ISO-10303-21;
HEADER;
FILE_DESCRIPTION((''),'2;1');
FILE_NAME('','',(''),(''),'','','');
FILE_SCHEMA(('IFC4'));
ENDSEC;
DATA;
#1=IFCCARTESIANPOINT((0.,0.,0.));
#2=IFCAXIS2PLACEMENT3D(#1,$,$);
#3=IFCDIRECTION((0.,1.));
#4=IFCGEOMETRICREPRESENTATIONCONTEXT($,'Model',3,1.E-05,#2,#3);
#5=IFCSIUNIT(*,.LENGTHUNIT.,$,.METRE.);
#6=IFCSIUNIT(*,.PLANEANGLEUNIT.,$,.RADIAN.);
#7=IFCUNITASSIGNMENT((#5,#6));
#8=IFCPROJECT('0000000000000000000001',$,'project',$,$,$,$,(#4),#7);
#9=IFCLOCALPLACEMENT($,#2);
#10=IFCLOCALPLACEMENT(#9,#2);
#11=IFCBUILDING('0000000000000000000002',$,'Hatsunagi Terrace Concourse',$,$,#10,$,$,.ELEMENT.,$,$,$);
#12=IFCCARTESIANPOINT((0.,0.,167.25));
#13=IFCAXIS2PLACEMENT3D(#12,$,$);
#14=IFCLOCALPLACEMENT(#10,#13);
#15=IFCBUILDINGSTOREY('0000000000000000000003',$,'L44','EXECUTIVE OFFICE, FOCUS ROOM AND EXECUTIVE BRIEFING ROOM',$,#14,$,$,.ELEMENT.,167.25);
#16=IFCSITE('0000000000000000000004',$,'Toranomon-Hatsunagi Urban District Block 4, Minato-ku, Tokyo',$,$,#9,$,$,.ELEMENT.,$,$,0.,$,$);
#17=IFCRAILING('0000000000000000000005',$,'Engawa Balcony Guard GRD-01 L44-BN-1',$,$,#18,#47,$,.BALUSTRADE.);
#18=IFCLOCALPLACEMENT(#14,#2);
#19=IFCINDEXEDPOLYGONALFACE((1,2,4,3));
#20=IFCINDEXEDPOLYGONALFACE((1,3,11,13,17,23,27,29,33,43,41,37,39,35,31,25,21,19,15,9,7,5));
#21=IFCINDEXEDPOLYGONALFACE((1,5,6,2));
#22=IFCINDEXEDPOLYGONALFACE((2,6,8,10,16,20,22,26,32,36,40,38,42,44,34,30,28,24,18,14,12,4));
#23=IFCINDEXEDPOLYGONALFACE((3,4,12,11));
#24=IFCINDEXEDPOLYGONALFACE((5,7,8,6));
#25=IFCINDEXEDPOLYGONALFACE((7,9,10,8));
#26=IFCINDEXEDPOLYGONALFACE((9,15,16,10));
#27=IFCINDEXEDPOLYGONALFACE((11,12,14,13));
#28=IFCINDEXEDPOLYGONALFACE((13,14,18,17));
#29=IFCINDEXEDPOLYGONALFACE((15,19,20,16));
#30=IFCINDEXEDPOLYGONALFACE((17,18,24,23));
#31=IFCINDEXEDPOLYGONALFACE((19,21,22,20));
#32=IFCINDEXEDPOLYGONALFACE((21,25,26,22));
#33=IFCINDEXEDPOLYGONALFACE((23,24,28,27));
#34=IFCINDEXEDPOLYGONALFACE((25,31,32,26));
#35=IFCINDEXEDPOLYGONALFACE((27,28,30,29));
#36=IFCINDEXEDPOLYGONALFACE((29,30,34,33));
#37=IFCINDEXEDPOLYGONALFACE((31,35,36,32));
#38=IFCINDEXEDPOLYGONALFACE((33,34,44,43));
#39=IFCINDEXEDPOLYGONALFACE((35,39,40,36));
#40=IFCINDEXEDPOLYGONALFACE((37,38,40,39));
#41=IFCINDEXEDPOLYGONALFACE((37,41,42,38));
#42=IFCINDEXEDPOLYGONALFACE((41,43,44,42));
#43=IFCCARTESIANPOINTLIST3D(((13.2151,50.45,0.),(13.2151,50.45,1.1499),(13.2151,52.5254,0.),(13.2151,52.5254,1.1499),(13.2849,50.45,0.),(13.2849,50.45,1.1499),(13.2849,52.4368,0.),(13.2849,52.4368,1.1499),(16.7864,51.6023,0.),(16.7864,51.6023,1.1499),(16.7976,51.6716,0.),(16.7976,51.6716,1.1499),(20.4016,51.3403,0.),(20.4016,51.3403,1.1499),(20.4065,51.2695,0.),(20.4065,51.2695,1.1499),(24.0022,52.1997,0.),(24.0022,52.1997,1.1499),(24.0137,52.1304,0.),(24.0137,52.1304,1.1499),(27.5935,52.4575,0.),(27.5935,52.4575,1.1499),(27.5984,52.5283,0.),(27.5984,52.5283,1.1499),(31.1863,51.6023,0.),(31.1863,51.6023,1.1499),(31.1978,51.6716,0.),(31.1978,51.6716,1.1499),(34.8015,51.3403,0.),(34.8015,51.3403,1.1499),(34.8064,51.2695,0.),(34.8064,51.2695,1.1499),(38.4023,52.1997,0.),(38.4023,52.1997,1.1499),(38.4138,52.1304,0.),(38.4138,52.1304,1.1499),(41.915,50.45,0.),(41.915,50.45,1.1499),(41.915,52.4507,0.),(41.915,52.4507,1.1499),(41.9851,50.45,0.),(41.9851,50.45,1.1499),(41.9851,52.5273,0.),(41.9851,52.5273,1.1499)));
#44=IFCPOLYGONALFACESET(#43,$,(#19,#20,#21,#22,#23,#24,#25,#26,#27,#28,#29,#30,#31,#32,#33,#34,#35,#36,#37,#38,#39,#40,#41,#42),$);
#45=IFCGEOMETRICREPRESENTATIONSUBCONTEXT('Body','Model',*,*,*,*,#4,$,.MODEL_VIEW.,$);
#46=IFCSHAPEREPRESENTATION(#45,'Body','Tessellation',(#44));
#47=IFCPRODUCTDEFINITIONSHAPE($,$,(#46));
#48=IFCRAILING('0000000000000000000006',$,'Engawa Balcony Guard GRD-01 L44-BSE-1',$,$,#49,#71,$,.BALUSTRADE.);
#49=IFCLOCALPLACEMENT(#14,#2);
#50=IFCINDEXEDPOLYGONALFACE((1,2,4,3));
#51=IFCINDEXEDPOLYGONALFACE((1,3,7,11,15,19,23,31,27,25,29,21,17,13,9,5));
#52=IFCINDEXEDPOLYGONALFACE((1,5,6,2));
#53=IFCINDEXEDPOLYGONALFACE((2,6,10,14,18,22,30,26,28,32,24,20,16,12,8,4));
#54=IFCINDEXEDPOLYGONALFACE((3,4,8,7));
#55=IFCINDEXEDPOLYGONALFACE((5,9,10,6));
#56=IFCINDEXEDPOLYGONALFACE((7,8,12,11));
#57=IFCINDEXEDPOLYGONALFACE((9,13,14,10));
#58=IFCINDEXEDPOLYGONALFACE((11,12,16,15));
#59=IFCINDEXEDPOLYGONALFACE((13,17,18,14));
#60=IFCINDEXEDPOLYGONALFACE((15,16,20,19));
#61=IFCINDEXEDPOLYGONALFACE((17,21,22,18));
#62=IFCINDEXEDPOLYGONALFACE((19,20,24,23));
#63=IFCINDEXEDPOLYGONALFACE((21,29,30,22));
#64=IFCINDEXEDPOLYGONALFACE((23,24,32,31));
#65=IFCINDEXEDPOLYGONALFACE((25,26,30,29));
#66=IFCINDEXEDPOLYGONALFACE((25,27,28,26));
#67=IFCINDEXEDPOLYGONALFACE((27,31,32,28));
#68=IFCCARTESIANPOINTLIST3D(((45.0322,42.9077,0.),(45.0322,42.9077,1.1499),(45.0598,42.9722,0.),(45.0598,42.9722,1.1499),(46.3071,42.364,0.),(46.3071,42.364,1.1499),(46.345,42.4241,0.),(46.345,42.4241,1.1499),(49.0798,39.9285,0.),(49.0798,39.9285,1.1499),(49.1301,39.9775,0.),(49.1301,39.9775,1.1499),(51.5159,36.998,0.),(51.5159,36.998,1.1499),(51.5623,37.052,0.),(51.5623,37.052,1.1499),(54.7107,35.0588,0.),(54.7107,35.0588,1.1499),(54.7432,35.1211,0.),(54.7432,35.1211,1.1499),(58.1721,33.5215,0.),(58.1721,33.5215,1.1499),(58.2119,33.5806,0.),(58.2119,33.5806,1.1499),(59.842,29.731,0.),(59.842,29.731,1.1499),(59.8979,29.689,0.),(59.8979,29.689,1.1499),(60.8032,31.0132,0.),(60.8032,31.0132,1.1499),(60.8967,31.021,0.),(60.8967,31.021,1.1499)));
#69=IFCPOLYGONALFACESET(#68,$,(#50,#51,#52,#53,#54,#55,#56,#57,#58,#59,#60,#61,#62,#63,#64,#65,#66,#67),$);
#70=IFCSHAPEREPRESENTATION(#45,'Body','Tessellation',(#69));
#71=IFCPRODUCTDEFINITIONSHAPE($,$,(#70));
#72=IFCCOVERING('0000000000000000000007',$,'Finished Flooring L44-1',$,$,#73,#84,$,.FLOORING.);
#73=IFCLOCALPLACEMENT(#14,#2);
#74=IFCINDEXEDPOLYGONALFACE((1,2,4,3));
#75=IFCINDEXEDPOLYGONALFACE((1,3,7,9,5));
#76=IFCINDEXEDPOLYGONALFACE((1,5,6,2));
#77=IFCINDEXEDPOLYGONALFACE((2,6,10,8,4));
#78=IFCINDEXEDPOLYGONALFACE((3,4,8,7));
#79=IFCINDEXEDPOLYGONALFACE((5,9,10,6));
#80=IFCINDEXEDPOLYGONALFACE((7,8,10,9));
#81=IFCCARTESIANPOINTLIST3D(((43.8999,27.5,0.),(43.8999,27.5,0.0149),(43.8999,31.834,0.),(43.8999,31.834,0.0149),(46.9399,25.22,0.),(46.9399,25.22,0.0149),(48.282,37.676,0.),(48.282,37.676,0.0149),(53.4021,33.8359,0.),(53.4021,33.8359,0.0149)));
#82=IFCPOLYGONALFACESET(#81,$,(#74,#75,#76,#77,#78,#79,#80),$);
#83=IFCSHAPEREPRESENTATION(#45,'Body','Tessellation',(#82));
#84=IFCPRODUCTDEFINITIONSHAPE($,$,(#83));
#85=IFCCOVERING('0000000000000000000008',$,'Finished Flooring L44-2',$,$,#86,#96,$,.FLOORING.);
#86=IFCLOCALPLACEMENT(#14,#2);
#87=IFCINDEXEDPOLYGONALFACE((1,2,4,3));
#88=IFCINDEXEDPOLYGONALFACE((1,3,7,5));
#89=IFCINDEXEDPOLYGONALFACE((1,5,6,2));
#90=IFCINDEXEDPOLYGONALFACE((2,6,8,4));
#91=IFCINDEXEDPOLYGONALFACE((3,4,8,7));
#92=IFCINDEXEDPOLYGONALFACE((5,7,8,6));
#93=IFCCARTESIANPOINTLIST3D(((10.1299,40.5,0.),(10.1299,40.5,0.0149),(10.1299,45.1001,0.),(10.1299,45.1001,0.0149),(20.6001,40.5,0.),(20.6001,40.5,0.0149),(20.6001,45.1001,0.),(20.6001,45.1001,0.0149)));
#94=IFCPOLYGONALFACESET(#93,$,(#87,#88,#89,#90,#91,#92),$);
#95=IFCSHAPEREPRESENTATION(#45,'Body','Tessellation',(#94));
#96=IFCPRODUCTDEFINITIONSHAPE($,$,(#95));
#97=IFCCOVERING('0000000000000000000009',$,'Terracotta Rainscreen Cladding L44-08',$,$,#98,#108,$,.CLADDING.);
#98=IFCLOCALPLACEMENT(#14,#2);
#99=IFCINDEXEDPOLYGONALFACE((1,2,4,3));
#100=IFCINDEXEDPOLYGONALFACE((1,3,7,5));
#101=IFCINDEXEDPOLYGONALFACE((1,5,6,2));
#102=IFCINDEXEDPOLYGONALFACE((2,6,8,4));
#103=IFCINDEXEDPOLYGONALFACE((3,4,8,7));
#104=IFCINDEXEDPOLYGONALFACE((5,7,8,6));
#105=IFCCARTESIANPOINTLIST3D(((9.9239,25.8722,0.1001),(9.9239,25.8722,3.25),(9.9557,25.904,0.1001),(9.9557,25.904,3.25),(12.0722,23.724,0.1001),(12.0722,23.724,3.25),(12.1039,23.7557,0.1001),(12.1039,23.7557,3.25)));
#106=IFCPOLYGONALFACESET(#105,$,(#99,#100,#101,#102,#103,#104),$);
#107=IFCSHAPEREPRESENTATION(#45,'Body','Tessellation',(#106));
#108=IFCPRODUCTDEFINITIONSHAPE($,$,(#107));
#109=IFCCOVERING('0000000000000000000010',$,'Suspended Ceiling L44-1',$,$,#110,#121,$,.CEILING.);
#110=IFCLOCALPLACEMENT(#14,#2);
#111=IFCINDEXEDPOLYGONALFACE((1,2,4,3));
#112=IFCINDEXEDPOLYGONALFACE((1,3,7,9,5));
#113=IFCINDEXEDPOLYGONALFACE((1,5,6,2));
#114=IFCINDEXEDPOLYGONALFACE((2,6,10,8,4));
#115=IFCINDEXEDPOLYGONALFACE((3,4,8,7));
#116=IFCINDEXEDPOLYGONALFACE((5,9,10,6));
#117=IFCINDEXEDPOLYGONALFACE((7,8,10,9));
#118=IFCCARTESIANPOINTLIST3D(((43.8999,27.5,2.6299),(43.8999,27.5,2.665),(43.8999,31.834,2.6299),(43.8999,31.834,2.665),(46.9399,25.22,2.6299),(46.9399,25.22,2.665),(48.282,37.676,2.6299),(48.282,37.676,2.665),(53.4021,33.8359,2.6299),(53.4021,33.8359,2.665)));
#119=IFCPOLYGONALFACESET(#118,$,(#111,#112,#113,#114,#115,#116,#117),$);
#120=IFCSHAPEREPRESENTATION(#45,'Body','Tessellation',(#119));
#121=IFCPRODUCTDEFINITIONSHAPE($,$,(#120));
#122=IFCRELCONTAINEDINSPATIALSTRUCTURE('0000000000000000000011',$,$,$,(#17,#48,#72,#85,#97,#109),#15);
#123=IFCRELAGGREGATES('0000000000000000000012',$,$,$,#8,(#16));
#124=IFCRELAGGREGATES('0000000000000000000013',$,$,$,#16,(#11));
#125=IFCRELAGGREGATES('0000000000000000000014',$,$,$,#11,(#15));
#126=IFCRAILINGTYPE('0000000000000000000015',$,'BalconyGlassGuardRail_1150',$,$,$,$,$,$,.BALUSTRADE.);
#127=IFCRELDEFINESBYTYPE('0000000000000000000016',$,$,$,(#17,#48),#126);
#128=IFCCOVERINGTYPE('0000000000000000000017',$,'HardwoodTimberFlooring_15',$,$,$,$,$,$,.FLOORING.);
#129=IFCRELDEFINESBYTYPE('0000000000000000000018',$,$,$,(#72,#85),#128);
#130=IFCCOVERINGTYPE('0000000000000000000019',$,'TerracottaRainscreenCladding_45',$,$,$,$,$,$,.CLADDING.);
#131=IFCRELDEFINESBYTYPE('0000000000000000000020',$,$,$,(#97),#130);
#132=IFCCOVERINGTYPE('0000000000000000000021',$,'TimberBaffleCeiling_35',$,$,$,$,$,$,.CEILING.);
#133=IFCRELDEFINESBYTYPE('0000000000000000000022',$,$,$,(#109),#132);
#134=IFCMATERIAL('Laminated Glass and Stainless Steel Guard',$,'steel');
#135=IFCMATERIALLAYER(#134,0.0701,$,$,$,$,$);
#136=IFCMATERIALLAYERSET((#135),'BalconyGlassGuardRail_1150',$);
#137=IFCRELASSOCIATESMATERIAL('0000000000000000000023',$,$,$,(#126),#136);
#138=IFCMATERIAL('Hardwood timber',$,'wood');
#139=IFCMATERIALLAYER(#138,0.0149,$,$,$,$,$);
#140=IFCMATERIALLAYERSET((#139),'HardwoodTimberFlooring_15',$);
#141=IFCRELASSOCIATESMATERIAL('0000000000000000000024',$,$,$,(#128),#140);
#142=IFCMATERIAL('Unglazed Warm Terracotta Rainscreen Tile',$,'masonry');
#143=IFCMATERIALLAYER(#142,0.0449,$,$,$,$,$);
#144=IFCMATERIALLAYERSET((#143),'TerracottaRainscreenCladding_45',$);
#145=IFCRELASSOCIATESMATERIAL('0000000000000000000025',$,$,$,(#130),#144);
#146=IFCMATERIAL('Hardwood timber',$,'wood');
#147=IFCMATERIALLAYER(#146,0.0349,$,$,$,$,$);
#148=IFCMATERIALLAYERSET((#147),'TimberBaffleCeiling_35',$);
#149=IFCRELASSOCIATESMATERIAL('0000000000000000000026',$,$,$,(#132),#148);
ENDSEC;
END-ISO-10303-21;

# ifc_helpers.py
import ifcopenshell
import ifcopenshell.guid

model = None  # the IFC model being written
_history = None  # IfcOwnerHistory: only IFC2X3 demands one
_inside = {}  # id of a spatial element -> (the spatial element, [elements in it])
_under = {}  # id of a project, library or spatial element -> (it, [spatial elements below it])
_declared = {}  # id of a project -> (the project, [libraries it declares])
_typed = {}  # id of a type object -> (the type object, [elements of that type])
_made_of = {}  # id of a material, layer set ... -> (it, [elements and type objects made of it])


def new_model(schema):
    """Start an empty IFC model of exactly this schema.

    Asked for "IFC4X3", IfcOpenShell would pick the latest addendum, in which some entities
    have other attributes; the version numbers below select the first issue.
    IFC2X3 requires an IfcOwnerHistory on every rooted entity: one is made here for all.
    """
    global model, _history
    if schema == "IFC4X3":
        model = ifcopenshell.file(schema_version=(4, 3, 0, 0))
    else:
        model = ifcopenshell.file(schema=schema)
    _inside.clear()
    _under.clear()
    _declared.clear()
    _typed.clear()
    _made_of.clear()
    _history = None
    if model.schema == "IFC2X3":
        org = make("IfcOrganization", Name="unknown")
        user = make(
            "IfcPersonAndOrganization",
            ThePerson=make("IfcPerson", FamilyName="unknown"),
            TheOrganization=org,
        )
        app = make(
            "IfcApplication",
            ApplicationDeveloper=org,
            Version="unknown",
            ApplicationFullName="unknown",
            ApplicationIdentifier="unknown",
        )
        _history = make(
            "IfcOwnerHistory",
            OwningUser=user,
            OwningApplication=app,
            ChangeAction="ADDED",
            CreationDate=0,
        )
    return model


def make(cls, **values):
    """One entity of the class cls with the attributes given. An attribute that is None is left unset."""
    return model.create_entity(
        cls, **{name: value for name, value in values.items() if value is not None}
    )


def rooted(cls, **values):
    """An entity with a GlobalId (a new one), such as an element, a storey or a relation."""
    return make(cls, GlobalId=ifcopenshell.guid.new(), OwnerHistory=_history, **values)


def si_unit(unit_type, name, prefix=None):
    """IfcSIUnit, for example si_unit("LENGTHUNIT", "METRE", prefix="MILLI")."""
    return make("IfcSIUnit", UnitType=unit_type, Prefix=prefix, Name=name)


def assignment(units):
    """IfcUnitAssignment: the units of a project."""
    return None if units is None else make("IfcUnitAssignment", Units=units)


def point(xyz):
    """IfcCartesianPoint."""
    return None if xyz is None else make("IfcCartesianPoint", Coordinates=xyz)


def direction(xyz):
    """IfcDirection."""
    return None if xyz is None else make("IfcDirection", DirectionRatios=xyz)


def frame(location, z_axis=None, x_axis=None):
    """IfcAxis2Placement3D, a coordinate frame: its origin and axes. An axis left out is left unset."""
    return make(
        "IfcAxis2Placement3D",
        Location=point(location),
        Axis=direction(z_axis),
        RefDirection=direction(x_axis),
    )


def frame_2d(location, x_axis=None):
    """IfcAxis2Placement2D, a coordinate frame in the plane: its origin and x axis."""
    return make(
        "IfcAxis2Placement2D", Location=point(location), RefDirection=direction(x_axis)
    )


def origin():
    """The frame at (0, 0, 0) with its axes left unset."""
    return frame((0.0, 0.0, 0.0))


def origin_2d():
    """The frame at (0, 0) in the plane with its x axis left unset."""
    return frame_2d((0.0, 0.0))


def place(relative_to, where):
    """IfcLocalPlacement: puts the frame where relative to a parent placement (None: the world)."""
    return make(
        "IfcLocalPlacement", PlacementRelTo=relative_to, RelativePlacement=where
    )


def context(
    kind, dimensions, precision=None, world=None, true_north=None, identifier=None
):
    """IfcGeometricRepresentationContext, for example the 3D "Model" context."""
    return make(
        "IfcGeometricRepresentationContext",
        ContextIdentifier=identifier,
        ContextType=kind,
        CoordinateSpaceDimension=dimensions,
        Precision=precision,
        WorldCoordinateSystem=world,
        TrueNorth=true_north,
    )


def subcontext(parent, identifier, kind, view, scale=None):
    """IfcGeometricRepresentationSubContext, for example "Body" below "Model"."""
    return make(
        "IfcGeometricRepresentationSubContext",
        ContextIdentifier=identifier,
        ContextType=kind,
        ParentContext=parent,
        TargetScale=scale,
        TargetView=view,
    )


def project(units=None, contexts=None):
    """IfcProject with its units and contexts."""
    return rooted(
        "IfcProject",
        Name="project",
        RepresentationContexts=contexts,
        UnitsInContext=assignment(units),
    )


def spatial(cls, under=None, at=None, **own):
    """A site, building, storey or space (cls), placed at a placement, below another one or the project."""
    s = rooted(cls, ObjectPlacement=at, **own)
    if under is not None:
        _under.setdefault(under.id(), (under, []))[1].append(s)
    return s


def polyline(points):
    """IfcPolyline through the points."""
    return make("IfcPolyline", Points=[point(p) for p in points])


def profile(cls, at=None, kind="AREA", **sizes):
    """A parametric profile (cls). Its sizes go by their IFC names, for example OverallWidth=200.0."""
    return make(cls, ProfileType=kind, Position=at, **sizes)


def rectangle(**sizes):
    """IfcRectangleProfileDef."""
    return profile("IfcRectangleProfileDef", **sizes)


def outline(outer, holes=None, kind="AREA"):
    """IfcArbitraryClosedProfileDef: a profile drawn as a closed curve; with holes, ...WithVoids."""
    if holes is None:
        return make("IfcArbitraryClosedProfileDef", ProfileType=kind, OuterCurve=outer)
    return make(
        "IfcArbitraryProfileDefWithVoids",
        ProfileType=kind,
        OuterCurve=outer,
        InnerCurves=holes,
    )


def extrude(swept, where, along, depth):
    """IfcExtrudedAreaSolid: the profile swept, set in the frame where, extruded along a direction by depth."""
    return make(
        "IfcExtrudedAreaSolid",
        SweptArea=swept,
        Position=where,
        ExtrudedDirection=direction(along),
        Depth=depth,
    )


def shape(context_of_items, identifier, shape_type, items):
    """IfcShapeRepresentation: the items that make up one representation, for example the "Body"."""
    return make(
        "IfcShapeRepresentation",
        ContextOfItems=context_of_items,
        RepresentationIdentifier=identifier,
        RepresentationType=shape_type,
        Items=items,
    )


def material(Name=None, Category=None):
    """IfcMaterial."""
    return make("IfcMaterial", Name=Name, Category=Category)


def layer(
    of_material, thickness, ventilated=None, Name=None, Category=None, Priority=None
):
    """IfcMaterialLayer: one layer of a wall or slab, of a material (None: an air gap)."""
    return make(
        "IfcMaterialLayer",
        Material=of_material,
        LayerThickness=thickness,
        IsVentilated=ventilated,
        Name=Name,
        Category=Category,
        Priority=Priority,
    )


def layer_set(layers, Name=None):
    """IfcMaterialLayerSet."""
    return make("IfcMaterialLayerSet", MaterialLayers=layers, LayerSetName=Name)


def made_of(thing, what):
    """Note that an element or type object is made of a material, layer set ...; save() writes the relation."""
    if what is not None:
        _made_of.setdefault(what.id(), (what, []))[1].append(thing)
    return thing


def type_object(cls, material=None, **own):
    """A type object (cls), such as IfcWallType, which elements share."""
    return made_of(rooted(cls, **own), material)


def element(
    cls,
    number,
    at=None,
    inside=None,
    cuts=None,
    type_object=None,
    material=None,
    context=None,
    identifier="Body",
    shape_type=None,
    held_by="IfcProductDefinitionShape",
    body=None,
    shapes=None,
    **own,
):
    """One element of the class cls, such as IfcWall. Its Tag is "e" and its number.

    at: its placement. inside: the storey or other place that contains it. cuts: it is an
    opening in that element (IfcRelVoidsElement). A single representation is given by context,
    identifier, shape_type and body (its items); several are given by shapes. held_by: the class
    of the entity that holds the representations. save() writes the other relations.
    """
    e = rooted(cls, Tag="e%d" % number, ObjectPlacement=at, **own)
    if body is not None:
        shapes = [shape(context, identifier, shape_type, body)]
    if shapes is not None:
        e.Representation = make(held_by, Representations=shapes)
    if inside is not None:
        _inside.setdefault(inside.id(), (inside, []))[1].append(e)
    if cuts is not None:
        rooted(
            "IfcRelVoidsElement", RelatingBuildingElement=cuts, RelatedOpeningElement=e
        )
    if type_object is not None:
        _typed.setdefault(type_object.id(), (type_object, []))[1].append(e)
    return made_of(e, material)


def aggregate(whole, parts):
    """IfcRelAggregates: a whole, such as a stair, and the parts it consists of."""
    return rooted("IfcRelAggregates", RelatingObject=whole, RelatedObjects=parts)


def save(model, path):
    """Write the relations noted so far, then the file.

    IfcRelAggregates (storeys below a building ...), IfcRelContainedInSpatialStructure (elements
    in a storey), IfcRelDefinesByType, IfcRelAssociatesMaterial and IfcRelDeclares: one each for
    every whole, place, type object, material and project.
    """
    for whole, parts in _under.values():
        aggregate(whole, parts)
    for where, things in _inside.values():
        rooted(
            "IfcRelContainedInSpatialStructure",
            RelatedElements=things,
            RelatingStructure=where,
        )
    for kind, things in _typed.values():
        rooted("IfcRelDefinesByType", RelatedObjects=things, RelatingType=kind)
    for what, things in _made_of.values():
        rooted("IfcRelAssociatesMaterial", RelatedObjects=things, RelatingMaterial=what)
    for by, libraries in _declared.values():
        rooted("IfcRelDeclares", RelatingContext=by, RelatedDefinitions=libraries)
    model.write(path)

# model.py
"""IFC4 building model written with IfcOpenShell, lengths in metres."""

from ifc_helpers import new_model, si_unit, direction, frame, origin, origin_2d, place, context, subcontext, project, spatial, polyline, rectangle, outline, extrude, material, layer, layer_set, type_object, element, save


model = new_model("IFC4")

# Units and contexts
model_context = context("Model", 3, precision=1e-05, world=origin(), true_north=direction((0.0, 1.0)))
body_context = subcontext(model_context, "Body", "Model", "MODEL_VIEW")
ifc_project = project(units=[si_unit("LENGTHUNIT", "METRE"), si_unit("PLANEANGLEUNIT", "RADIAN")], contexts=[model_context])

# Site, building, storey
site_placement = place(None, origin())
site = spatial("IfcSite", under=ifc_project, at=site_placement, Name="Toranomon-Hatsunagi Urban District Block 4, Minato-ku, Tokyo", CompositionType="ELEMENT", RefElevation=0.0)
building_placement = place(site_placement, origin())
building = spatial("IfcBuilding", under=site, at=building_placement, Name="Hatsunagi Terrace Concourse", CompositionType="ELEMENT")
storey_placement = place(building_placement, frame((0.0, 0.0, 167.25)))
storey = spatial("IfcBuildingStorey", under=building, at=storey_placement, Name="L44", Description="EXECUTIVE OFFICE, FOCUS ROOM AND EXECUTIVE BRIEFING ROOM", CompositionType="ELEMENT", Elevation=167.25)

# Railings
ifc_material_1 = material(Name="Laminated Glass and Stainless Steel Guard", Category="steel")
ifc_layer_1 = layer(ifc_material_1, 0.0701)
ifc_layer_set_1 = layer_set([ifc_layer_1], Name="BalconyGlassGuardRail_1150")
railing_type = type_object("IfcRailingType", Name="BalconyGlassGuardRail_1150", PredefinedType="BALUSTRADE", material=ifc_layer_set_1)
railing_1_placement = place(storey_placement, origin())
element("IfcRailing", 1, at=railing_1_placement, inside=storey, type_object=railing_type, Name="Engawa Balcony Guard GRD-01 L44-BN-1", PredefinedType="BALUSTRADE", context=body_context, shape_type="SweptSolid", body=[
    extrude(outline(polyline([(13.2151, 50.45), (13.2849, 50.45), (13.2849, 52.4368), (16.7864, 51.6023), (20.4065, 51.2695), (24.0137, 52.1304), (27.5935, 52.4575), (31.1863, 51.6023), (34.8064, 51.2695), (38.4138, 52.1304), (41.915, 52.4507), (41.915, 50.45), (41.9851, 50.45), (41.9851, 52.5273), (38.4023, 52.1997), (34.8015, 51.3403), (31.1978, 51.6716), (27.5984, 52.5283), (24.0022, 52.1997), (20.4016, 51.3403), (16.7976, 51.6716), (13.2151, 52.5254), (13.2151, 50.45)])), origin(), (0.0, 0.0, 1.0), 1.1499),
])
railing_2_placement = place(storey_placement, origin())
element("IfcRailing", 2, at=railing_2_placement, inside=storey, type_object=railing_type, Name="Engawa Balcony Guard GRD-01 L44-BSE-1", PredefinedType="BALUSTRADE", context=body_context, shape_type="SweptSolid", body=[
    extrude(outline(polyline([(45.0598, 42.9722), (45.0322, 42.9077), (46.3071, 42.364), (49.0798, 39.9285), (51.5159, 36.998), (54.7107, 35.0588), (58.1721, 33.5215), (60.8032, 31.0132), (59.842, 29.731), (59.8979, 29.689), (60.8967, 31.021), (58.2119, 33.5806), (54.7432, 35.1211), (51.5623, 37.052), (49.1301, 39.9775), (46.345, 42.4241), (45.0598, 42.9722)])), origin(), (0.0, 0.0, 1.0), 1.1499),
])

# Coverings
ifc_material_2 = material(Name="Hardwood timber", Category="wood")
ifc_layer_2 = layer(ifc_material_2, 0.0149)
ifc_layer_set_2 = layer_set([ifc_layer_2], Name="HardwoodTimberFlooring_15")
covering_type_1 = type_object("IfcCoveringType", Name="HardwoodTimberFlooring_15", PredefinedType="FLOORING", material=ifc_layer_set_2)
covering_1_placement = place(storey_placement, origin())
element("IfcCovering", 3, at=covering_1_placement, inside=storey, type_object=covering_type_1, Name="Finished Flooring L44-1", PredefinedType="FLOORING", context=body_context, shape_type="SweptSolid", body=[
    extrude(outline(polyline([(48.282, 37.676), (43.8999, 31.834), (43.8999, 27.5), (46.9399, 25.22), (53.4021, 33.8359), (48.282, 37.676)])), origin(), (0.0, 0.0, 1.0), 0.0149),
])
covering_2_placement = place(storey_placement, origin())
element("IfcCovering", 4, at=covering_2_placement, inside=storey, type_object=covering_type_1, Name="Finished Flooring L44-2", PredefinedType="FLOORING", context=body_context, shape_type="SweptSolid", body=[
    extrude(outline(polyline([(10.1299, 40.5), (20.6001, 40.5), (20.6001, 45.1001), (10.1299, 45.1001), (10.1299, 40.5)])), origin(), (0.0, 0.0, 1.0), 0.0149),
])
ifc_material_3 = material(Name="Unglazed Warm Terracotta Rainscreen Tile", Category="masonry")
ifc_layer_3 = layer(ifc_material_3, 0.0449)
ifc_layer_set_3 = layer_set([ifc_layer_3], Name="TerracottaRainscreenCladding_45")
covering_type_2 = type_object("IfcCoveringType", Name="TerracottaRainscreenCladding_45", PredefinedType="CLADDING", material=ifc_layer_set_3)
covering_3_placement = place(storey_placement, frame((11.0139, 24.814, 0.1001), z_axis=(0.0, 0.0, 1.0), x_axis=(-0.707107, 0.707107, 0.0)))
element("IfcCovering", 5, at=covering_3_placement, inside=storey, type_object=covering_type_2, Name="Terracotta Rainscreen Cladding L44-08", PredefinedType="CLADDING", context=body_context, shape_type="SweptSolid", body=[
    extrude(rectangle(XDim=3.0381, YDim=0.0449, at=origin_2d()), origin(), (0.0, 0.0, 1.0), 3.1499),
])
ifc_material_4 = material(Name="Hardwood timber", Category="wood")
ifc_layer_4 = layer(ifc_material_4, 0.0349)
ifc_layer_set_4 = layer_set([ifc_layer_4], Name="TimberBaffleCeiling_35")
covering_type_3 = type_object("IfcCoveringType", Name="TimberBaffleCeiling_35", PredefinedType="CEILING", material=ifc_layer_set_4)
covering_4_placement = place(storey_placement, frame((0.0, 0.0, 2.6299)))
element("IfcCovering", 6, at=covering_4_placement, inside=storey, type_object=covering_type_3, Name="Suspended Ceiling L44-1", PredefinedType="CEILING", context=body_context, shape_type="SweptSolid", body=[
    extrude(outline(polyline([(48.282, 37.676), (43.8999, 31.834), (43.8999, 27.5), (46.9399, 25.22), (53.4021, 33.8359), (48.282, 37.676)])), origin(), (0.0, 0.0, 1.0), 0.0352),
])

save(model, "model.ifc")
